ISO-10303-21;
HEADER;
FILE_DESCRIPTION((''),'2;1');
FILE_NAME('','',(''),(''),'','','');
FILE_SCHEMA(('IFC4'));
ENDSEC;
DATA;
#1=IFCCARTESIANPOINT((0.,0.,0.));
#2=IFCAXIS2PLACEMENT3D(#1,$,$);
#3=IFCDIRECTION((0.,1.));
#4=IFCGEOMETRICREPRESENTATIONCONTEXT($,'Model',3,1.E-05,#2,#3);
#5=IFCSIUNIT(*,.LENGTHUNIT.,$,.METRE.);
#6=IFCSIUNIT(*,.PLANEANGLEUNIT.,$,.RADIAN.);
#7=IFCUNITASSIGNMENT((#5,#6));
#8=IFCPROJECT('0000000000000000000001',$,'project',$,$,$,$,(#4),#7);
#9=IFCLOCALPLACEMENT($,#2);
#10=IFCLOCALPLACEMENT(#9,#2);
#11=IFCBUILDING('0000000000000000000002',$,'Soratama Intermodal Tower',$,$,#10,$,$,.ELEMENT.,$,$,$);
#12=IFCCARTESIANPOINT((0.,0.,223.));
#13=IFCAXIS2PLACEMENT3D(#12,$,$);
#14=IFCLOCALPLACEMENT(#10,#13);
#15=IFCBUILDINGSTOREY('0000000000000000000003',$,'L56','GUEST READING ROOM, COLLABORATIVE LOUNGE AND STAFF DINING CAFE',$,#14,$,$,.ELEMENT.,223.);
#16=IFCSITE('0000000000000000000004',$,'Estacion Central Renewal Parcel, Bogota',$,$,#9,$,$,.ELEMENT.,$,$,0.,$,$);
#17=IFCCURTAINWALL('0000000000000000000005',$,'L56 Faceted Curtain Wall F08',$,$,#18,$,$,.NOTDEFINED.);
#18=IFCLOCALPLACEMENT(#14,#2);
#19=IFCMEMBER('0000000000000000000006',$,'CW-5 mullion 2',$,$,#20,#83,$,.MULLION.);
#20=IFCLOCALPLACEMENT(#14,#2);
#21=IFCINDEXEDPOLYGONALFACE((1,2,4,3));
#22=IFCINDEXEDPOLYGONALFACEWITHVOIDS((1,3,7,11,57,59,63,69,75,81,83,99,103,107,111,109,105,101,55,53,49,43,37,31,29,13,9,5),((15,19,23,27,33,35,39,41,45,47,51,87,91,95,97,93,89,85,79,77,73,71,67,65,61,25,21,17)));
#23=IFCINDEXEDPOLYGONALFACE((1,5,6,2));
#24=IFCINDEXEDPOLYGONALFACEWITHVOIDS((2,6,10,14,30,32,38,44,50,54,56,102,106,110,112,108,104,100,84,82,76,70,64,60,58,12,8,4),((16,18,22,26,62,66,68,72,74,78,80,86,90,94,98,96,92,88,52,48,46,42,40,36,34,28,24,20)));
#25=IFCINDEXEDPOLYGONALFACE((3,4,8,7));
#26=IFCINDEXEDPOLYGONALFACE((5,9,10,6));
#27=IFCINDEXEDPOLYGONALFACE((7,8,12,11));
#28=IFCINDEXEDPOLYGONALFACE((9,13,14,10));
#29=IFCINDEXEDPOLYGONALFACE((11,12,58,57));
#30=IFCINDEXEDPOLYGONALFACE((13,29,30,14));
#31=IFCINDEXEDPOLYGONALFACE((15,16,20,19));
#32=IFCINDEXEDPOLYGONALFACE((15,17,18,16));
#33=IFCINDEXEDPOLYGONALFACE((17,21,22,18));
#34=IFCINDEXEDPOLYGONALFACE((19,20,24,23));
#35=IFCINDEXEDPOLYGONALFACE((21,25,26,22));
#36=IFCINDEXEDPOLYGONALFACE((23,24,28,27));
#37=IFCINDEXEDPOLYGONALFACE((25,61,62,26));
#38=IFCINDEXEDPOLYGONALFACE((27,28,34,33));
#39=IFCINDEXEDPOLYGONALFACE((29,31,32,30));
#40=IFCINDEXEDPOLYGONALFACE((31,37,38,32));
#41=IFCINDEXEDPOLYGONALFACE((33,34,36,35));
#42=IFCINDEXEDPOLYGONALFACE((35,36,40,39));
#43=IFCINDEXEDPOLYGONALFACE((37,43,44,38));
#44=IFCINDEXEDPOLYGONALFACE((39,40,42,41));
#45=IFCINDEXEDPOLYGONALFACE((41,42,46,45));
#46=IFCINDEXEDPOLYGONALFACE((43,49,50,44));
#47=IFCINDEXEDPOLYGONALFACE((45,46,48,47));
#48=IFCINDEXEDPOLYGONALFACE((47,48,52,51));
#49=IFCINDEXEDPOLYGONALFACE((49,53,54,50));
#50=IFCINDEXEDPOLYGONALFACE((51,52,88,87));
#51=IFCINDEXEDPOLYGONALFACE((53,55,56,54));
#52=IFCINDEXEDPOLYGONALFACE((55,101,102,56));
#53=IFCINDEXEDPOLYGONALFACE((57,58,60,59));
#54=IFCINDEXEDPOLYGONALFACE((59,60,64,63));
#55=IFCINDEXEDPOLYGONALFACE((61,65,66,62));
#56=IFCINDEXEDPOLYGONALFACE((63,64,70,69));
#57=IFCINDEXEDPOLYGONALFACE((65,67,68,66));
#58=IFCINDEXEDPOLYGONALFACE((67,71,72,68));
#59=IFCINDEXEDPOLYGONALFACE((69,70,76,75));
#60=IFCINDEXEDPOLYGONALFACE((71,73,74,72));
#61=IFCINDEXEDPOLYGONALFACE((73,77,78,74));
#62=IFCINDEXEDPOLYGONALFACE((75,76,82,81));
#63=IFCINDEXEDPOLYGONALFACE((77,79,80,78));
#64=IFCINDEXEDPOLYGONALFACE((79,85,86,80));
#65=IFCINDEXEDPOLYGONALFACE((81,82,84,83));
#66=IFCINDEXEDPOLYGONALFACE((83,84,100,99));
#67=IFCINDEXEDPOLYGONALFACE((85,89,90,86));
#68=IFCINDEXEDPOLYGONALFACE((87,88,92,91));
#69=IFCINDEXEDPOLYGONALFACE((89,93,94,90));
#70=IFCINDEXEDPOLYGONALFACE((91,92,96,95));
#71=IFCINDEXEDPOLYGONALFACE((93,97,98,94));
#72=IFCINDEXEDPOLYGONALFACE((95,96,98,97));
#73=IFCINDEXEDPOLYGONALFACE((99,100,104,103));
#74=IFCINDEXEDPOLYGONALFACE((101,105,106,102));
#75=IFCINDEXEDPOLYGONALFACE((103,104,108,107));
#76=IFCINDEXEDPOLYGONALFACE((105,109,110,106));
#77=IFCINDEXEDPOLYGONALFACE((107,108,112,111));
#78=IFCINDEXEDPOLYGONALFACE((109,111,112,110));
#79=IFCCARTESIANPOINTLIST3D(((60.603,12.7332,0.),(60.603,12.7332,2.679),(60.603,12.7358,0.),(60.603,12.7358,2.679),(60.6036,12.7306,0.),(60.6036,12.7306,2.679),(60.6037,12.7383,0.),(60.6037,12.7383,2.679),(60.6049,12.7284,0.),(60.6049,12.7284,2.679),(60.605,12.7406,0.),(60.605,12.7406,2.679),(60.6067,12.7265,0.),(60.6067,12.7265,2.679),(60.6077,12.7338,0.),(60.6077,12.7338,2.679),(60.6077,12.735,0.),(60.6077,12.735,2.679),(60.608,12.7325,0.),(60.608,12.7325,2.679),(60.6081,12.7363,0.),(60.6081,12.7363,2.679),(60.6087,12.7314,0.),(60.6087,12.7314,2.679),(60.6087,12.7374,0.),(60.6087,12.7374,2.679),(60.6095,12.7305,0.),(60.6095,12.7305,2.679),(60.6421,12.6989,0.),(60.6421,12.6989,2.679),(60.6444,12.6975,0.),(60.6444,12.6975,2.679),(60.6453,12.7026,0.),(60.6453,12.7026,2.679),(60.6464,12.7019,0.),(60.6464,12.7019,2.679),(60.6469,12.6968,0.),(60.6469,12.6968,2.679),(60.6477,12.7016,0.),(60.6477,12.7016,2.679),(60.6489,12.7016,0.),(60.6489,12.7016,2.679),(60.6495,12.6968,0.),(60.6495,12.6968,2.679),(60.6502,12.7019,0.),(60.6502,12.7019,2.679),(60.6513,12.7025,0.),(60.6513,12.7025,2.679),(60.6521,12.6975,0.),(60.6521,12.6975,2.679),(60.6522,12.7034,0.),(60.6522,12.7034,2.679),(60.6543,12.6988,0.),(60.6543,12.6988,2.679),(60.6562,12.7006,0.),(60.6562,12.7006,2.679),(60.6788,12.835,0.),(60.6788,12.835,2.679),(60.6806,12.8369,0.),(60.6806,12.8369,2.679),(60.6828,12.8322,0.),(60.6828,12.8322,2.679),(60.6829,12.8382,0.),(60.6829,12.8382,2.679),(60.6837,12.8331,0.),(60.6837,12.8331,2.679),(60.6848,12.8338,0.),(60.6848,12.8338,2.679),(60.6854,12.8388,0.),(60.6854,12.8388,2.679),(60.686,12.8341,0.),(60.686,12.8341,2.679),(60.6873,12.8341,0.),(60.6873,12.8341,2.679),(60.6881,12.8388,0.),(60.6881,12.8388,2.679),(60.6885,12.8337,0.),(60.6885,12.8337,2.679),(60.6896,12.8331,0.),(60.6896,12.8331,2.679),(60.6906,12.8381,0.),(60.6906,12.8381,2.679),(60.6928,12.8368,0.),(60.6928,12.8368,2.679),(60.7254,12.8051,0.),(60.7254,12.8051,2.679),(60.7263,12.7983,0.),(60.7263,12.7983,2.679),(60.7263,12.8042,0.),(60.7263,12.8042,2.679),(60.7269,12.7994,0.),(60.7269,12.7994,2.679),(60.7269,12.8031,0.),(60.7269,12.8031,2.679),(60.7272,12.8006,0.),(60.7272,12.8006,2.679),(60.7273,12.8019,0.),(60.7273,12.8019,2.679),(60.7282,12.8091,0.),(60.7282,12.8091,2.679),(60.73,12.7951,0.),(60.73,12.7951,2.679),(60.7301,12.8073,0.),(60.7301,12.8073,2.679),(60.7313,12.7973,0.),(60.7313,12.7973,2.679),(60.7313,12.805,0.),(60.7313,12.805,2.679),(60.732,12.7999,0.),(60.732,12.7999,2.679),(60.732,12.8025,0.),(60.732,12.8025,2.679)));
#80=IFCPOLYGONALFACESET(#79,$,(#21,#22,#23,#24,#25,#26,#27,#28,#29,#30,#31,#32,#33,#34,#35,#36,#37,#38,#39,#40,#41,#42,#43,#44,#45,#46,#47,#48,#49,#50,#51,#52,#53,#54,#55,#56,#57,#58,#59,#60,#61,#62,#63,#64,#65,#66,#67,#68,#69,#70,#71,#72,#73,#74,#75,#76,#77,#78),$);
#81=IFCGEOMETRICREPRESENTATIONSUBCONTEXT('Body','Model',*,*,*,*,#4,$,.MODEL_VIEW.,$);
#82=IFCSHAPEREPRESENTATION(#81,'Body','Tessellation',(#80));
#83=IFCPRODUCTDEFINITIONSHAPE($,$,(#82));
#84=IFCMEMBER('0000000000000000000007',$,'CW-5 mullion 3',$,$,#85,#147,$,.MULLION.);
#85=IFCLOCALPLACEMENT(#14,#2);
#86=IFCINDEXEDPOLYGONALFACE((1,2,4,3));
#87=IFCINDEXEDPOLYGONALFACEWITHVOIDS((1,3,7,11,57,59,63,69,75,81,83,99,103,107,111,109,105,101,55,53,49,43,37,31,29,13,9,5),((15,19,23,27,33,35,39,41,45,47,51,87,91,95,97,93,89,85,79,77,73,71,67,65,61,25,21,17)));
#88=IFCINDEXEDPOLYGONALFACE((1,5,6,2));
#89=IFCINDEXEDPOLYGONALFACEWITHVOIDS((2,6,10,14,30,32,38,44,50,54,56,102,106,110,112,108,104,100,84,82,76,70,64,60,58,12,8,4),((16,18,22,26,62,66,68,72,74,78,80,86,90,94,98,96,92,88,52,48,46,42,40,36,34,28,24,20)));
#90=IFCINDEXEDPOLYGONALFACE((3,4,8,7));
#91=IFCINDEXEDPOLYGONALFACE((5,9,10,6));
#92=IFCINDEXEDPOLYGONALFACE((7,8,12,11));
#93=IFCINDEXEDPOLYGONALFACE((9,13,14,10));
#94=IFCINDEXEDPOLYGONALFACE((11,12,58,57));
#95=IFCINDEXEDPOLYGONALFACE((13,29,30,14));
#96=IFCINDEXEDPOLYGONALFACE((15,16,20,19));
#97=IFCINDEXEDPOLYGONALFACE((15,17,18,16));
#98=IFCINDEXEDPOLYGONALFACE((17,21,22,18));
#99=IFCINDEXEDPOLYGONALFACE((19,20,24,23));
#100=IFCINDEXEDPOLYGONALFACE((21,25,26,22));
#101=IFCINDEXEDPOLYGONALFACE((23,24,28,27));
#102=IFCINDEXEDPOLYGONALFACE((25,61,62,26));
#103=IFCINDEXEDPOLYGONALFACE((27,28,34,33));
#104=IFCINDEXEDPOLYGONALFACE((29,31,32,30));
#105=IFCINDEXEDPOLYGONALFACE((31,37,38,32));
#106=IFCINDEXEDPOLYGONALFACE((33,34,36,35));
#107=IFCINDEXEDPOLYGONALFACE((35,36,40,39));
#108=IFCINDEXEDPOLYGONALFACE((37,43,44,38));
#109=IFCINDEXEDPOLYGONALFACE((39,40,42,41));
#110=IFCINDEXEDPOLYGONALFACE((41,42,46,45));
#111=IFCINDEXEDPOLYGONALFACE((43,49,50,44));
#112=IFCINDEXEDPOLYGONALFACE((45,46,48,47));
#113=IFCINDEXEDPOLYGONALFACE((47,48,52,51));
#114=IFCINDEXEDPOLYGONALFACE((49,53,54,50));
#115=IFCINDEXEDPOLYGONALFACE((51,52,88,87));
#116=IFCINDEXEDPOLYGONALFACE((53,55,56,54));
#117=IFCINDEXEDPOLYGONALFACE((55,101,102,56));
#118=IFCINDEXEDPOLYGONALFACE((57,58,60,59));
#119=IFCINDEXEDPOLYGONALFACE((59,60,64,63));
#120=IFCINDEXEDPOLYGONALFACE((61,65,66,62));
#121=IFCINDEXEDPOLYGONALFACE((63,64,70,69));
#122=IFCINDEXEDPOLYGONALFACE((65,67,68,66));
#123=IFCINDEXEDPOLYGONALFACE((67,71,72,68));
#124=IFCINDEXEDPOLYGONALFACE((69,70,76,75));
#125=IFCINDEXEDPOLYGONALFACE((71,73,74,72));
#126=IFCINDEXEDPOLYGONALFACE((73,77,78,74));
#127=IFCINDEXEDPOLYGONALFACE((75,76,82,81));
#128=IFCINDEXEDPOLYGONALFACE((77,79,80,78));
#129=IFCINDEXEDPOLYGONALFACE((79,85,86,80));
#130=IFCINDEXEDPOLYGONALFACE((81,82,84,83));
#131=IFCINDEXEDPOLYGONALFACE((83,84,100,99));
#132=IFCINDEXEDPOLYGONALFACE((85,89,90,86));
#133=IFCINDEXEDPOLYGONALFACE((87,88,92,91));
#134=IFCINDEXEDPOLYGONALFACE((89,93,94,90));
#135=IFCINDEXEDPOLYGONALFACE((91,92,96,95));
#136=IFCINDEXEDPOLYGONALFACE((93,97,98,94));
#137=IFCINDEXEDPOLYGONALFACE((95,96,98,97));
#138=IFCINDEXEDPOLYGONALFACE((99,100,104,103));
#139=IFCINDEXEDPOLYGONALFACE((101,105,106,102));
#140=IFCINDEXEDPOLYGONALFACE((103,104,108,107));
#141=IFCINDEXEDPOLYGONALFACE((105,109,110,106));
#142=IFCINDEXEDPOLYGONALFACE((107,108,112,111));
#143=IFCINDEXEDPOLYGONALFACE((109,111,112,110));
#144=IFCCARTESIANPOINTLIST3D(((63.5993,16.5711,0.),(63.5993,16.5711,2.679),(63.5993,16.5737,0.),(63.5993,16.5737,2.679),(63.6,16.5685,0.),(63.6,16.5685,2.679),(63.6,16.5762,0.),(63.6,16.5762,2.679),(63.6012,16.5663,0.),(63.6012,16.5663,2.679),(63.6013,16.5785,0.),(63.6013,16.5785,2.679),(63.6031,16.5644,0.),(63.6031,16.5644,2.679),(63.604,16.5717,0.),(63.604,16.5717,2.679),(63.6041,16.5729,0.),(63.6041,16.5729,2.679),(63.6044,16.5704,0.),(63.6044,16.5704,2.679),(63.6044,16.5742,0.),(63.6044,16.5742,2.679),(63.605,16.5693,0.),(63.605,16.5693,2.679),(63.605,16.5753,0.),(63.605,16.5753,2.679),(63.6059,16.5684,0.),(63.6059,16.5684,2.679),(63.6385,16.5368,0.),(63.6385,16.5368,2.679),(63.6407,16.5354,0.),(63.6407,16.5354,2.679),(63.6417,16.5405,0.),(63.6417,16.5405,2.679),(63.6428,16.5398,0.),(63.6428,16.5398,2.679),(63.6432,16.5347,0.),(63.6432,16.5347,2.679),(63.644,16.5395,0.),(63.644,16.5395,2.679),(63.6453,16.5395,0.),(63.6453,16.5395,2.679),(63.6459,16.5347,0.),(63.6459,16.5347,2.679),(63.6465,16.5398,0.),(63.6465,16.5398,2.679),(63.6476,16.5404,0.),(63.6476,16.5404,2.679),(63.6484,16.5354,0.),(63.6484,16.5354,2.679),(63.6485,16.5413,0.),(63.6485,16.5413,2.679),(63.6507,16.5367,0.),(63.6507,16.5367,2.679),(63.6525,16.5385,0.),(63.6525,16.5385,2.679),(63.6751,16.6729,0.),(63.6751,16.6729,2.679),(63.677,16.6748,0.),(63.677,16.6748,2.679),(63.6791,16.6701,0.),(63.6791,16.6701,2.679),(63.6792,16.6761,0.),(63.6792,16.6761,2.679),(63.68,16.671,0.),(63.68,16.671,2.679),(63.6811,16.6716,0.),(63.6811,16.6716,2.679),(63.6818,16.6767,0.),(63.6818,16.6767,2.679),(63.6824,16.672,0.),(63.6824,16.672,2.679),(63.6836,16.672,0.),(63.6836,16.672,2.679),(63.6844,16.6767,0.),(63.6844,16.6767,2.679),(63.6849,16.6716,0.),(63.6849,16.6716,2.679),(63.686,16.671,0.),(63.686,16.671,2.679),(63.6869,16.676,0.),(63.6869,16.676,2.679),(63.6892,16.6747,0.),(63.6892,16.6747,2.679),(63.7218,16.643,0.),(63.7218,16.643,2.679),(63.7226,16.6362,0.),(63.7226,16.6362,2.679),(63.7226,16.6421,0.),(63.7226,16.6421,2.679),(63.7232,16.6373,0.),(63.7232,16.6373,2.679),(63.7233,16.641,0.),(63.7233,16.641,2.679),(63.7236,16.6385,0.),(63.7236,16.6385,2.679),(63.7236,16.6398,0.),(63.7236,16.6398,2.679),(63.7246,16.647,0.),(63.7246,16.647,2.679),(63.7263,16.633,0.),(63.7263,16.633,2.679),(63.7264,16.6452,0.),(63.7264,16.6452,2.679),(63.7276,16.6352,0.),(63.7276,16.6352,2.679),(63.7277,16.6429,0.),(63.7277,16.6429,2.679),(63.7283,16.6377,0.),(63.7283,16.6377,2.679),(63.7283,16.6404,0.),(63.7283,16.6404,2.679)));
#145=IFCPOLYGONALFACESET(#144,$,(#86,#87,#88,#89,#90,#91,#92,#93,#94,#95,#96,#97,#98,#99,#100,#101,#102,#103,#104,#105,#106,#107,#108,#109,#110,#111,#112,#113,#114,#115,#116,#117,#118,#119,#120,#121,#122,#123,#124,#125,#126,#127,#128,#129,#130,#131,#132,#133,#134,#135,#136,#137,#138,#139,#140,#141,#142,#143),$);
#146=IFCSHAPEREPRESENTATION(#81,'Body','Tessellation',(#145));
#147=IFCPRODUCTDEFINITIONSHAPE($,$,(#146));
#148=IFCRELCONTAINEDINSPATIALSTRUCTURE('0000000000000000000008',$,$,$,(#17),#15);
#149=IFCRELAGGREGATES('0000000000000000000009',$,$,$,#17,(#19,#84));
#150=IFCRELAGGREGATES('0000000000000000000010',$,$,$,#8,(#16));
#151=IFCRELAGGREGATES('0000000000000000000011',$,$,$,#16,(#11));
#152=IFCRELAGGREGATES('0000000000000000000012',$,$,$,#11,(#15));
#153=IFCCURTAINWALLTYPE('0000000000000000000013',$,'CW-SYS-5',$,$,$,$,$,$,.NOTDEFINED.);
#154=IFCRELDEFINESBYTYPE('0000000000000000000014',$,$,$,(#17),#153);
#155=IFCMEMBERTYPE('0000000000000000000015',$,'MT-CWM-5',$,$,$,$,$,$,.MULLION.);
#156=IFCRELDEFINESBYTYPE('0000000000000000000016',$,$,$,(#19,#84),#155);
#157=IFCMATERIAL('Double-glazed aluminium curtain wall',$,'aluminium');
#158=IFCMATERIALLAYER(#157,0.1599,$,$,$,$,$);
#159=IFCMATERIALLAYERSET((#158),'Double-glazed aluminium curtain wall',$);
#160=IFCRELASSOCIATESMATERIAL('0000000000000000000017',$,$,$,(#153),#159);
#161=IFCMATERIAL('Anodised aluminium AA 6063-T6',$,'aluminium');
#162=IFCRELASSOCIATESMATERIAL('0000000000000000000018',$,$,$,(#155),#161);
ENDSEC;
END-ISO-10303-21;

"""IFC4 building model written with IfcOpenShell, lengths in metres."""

from ifc_helpers import new_model, si_unit, direction, frame, origin, origin_2d, place, context, subcontext, project, spatial, hollow_rectangle, extrude, material, layer, layer_set, material_profile, profile_set, type_object, element, aggregate, save


model = new_model("IFC4")

# Units and contexts
model_context = context("Model", 3, precision=1e-05, world=origin(), true_north=direction((0.0, 1.0)))
body_context = subcontext(model_context, "Body", "Model", "MODEL_VIEW")
ifc_project = project(units=[si_unit("LENGTHUNIT", "METRE"), si_unit("PLANEANGLEUNIT", "RADIAN")], contexts=[model_context])

# Site, building, storey
site_placement = place(None, origin())
site = spatial("IfcSite", under=ifc_project, at=site_placement, Name="Estacion Central Renewal Parcel, Bogota", CompositionType="ELEMENT", RefElevation=0.0)
building_placement = place(site_placement, origin())
building = spatial("IfcBuilding", under=site, at=building_placement, Name="Soratama Intermodal Tower", CompositionType="ELEMENT")
storey_placement = place(building_placement, frame((0.0, 0.0, 223.0)))
storey = spatial("IfcBuildingStorey", under=building, at=storey_placement, Name="L56", Description="GUEST READING ROOM, COLLABORATIVE LOUNGE AND STAFF DINING CAFE", CompositionType="ELEMENT", Elevation=223.0)

# Curtain wall, members
ifc_material_1 = material(Name="Double-glazed aluminium curtain wall", Category="aluminium")
ifc_layer_1 = layer(ifc_material_1, 0.1599)
ifc_layer_set_1 = layer_set([ifc_layer_1], Name="Double-glazed aluminium curtain wall")
curtain_wall_type = type_object("IfcCurtainWallType", Name="CW-SYS-5", PredefinedType="NOTDEFINED", material=ifc_layer_set_1)
curtain_wall_placement = place(storey_placement, origin())
curtain_wall = element("IfcCurtainWall", 1, at=curtain_wall_placement, inside=storey, type_object=curtain_wall_type, Name="L56 Faceted Curtain Wall F08", PredefinedType="NOTDEFINED")
ifc_material_2 = material(Name="Anodised aluminium AA 6063-T6", Category="aluminium")
ifc_material_profile_1 = material_profile(ifc_material_2, hollow_rectangle(XDim=0.0649, YDim=0.1399, WallThickness=0.0049, InnerFilletRadius=0.0049, OuterFilletRadius=0.01, at=origin_2d()), Name="CWM140X65X5")
ifc_profile_set_1 = profile_set([ifc_material_profile_1], Name="Anodised aluminium AA 6063-T6")
member_type_1 = type_object("IfcMemberType", Name="MT-CWM-5", PredefinedType="MULLION", material=ifc_profile_set_1)
member_1_placement = place(storey_placement, frame((60.6675, 12.7678, 0.0), z_axis=(0.0, 0.0, 1.0), x_axis=(-0.788224, 0.615388, 0.0)))
member_1 = element("IfcMember", 2, at=member_1_placement, type_object=member_type_1, Name="CW-5 mullion 2", PredefinedType="MULLION", context=body_context, shape_type="SweptSolid", body=[
    extrude(hollow_rectangle(XDim=0.0649, YDim=0.1399, WallThickness=0.0049, InnerFilletRadius=0.0049, OuterFilletRadius=0.01, at=origin_2d()), origin(), (0.0, 0.0, 1.0), 2.679),
])
member_2_placement = place(storey_placement, frame((63.6638, 16.6057, 0.0), z_axis=(0.0, 0.0, 1.0), x_axis=(-0.788224, 0.615388, 0.0)))
member_2 = element("IfcMember", 3, at=member_2_placement, type_object=member_type_1, Name="CW-5 mullion 3", PredefinedType="MULLION", context=body_context, shape_type="SweptSolid", body=[
    extrude(hollow_rectangle(XDim=0.0649, YDim=0.1399, WallThickness=0.0049, InnerFilletRadius=0.0049, OuterFilletRadius=0.01, at=origin_2d()), origin(), (0.0, 0.0, 1.0), 2.679),
])
aggregate(curtain_wall, [member_1, member_2])

save(model, "model.ifc")
